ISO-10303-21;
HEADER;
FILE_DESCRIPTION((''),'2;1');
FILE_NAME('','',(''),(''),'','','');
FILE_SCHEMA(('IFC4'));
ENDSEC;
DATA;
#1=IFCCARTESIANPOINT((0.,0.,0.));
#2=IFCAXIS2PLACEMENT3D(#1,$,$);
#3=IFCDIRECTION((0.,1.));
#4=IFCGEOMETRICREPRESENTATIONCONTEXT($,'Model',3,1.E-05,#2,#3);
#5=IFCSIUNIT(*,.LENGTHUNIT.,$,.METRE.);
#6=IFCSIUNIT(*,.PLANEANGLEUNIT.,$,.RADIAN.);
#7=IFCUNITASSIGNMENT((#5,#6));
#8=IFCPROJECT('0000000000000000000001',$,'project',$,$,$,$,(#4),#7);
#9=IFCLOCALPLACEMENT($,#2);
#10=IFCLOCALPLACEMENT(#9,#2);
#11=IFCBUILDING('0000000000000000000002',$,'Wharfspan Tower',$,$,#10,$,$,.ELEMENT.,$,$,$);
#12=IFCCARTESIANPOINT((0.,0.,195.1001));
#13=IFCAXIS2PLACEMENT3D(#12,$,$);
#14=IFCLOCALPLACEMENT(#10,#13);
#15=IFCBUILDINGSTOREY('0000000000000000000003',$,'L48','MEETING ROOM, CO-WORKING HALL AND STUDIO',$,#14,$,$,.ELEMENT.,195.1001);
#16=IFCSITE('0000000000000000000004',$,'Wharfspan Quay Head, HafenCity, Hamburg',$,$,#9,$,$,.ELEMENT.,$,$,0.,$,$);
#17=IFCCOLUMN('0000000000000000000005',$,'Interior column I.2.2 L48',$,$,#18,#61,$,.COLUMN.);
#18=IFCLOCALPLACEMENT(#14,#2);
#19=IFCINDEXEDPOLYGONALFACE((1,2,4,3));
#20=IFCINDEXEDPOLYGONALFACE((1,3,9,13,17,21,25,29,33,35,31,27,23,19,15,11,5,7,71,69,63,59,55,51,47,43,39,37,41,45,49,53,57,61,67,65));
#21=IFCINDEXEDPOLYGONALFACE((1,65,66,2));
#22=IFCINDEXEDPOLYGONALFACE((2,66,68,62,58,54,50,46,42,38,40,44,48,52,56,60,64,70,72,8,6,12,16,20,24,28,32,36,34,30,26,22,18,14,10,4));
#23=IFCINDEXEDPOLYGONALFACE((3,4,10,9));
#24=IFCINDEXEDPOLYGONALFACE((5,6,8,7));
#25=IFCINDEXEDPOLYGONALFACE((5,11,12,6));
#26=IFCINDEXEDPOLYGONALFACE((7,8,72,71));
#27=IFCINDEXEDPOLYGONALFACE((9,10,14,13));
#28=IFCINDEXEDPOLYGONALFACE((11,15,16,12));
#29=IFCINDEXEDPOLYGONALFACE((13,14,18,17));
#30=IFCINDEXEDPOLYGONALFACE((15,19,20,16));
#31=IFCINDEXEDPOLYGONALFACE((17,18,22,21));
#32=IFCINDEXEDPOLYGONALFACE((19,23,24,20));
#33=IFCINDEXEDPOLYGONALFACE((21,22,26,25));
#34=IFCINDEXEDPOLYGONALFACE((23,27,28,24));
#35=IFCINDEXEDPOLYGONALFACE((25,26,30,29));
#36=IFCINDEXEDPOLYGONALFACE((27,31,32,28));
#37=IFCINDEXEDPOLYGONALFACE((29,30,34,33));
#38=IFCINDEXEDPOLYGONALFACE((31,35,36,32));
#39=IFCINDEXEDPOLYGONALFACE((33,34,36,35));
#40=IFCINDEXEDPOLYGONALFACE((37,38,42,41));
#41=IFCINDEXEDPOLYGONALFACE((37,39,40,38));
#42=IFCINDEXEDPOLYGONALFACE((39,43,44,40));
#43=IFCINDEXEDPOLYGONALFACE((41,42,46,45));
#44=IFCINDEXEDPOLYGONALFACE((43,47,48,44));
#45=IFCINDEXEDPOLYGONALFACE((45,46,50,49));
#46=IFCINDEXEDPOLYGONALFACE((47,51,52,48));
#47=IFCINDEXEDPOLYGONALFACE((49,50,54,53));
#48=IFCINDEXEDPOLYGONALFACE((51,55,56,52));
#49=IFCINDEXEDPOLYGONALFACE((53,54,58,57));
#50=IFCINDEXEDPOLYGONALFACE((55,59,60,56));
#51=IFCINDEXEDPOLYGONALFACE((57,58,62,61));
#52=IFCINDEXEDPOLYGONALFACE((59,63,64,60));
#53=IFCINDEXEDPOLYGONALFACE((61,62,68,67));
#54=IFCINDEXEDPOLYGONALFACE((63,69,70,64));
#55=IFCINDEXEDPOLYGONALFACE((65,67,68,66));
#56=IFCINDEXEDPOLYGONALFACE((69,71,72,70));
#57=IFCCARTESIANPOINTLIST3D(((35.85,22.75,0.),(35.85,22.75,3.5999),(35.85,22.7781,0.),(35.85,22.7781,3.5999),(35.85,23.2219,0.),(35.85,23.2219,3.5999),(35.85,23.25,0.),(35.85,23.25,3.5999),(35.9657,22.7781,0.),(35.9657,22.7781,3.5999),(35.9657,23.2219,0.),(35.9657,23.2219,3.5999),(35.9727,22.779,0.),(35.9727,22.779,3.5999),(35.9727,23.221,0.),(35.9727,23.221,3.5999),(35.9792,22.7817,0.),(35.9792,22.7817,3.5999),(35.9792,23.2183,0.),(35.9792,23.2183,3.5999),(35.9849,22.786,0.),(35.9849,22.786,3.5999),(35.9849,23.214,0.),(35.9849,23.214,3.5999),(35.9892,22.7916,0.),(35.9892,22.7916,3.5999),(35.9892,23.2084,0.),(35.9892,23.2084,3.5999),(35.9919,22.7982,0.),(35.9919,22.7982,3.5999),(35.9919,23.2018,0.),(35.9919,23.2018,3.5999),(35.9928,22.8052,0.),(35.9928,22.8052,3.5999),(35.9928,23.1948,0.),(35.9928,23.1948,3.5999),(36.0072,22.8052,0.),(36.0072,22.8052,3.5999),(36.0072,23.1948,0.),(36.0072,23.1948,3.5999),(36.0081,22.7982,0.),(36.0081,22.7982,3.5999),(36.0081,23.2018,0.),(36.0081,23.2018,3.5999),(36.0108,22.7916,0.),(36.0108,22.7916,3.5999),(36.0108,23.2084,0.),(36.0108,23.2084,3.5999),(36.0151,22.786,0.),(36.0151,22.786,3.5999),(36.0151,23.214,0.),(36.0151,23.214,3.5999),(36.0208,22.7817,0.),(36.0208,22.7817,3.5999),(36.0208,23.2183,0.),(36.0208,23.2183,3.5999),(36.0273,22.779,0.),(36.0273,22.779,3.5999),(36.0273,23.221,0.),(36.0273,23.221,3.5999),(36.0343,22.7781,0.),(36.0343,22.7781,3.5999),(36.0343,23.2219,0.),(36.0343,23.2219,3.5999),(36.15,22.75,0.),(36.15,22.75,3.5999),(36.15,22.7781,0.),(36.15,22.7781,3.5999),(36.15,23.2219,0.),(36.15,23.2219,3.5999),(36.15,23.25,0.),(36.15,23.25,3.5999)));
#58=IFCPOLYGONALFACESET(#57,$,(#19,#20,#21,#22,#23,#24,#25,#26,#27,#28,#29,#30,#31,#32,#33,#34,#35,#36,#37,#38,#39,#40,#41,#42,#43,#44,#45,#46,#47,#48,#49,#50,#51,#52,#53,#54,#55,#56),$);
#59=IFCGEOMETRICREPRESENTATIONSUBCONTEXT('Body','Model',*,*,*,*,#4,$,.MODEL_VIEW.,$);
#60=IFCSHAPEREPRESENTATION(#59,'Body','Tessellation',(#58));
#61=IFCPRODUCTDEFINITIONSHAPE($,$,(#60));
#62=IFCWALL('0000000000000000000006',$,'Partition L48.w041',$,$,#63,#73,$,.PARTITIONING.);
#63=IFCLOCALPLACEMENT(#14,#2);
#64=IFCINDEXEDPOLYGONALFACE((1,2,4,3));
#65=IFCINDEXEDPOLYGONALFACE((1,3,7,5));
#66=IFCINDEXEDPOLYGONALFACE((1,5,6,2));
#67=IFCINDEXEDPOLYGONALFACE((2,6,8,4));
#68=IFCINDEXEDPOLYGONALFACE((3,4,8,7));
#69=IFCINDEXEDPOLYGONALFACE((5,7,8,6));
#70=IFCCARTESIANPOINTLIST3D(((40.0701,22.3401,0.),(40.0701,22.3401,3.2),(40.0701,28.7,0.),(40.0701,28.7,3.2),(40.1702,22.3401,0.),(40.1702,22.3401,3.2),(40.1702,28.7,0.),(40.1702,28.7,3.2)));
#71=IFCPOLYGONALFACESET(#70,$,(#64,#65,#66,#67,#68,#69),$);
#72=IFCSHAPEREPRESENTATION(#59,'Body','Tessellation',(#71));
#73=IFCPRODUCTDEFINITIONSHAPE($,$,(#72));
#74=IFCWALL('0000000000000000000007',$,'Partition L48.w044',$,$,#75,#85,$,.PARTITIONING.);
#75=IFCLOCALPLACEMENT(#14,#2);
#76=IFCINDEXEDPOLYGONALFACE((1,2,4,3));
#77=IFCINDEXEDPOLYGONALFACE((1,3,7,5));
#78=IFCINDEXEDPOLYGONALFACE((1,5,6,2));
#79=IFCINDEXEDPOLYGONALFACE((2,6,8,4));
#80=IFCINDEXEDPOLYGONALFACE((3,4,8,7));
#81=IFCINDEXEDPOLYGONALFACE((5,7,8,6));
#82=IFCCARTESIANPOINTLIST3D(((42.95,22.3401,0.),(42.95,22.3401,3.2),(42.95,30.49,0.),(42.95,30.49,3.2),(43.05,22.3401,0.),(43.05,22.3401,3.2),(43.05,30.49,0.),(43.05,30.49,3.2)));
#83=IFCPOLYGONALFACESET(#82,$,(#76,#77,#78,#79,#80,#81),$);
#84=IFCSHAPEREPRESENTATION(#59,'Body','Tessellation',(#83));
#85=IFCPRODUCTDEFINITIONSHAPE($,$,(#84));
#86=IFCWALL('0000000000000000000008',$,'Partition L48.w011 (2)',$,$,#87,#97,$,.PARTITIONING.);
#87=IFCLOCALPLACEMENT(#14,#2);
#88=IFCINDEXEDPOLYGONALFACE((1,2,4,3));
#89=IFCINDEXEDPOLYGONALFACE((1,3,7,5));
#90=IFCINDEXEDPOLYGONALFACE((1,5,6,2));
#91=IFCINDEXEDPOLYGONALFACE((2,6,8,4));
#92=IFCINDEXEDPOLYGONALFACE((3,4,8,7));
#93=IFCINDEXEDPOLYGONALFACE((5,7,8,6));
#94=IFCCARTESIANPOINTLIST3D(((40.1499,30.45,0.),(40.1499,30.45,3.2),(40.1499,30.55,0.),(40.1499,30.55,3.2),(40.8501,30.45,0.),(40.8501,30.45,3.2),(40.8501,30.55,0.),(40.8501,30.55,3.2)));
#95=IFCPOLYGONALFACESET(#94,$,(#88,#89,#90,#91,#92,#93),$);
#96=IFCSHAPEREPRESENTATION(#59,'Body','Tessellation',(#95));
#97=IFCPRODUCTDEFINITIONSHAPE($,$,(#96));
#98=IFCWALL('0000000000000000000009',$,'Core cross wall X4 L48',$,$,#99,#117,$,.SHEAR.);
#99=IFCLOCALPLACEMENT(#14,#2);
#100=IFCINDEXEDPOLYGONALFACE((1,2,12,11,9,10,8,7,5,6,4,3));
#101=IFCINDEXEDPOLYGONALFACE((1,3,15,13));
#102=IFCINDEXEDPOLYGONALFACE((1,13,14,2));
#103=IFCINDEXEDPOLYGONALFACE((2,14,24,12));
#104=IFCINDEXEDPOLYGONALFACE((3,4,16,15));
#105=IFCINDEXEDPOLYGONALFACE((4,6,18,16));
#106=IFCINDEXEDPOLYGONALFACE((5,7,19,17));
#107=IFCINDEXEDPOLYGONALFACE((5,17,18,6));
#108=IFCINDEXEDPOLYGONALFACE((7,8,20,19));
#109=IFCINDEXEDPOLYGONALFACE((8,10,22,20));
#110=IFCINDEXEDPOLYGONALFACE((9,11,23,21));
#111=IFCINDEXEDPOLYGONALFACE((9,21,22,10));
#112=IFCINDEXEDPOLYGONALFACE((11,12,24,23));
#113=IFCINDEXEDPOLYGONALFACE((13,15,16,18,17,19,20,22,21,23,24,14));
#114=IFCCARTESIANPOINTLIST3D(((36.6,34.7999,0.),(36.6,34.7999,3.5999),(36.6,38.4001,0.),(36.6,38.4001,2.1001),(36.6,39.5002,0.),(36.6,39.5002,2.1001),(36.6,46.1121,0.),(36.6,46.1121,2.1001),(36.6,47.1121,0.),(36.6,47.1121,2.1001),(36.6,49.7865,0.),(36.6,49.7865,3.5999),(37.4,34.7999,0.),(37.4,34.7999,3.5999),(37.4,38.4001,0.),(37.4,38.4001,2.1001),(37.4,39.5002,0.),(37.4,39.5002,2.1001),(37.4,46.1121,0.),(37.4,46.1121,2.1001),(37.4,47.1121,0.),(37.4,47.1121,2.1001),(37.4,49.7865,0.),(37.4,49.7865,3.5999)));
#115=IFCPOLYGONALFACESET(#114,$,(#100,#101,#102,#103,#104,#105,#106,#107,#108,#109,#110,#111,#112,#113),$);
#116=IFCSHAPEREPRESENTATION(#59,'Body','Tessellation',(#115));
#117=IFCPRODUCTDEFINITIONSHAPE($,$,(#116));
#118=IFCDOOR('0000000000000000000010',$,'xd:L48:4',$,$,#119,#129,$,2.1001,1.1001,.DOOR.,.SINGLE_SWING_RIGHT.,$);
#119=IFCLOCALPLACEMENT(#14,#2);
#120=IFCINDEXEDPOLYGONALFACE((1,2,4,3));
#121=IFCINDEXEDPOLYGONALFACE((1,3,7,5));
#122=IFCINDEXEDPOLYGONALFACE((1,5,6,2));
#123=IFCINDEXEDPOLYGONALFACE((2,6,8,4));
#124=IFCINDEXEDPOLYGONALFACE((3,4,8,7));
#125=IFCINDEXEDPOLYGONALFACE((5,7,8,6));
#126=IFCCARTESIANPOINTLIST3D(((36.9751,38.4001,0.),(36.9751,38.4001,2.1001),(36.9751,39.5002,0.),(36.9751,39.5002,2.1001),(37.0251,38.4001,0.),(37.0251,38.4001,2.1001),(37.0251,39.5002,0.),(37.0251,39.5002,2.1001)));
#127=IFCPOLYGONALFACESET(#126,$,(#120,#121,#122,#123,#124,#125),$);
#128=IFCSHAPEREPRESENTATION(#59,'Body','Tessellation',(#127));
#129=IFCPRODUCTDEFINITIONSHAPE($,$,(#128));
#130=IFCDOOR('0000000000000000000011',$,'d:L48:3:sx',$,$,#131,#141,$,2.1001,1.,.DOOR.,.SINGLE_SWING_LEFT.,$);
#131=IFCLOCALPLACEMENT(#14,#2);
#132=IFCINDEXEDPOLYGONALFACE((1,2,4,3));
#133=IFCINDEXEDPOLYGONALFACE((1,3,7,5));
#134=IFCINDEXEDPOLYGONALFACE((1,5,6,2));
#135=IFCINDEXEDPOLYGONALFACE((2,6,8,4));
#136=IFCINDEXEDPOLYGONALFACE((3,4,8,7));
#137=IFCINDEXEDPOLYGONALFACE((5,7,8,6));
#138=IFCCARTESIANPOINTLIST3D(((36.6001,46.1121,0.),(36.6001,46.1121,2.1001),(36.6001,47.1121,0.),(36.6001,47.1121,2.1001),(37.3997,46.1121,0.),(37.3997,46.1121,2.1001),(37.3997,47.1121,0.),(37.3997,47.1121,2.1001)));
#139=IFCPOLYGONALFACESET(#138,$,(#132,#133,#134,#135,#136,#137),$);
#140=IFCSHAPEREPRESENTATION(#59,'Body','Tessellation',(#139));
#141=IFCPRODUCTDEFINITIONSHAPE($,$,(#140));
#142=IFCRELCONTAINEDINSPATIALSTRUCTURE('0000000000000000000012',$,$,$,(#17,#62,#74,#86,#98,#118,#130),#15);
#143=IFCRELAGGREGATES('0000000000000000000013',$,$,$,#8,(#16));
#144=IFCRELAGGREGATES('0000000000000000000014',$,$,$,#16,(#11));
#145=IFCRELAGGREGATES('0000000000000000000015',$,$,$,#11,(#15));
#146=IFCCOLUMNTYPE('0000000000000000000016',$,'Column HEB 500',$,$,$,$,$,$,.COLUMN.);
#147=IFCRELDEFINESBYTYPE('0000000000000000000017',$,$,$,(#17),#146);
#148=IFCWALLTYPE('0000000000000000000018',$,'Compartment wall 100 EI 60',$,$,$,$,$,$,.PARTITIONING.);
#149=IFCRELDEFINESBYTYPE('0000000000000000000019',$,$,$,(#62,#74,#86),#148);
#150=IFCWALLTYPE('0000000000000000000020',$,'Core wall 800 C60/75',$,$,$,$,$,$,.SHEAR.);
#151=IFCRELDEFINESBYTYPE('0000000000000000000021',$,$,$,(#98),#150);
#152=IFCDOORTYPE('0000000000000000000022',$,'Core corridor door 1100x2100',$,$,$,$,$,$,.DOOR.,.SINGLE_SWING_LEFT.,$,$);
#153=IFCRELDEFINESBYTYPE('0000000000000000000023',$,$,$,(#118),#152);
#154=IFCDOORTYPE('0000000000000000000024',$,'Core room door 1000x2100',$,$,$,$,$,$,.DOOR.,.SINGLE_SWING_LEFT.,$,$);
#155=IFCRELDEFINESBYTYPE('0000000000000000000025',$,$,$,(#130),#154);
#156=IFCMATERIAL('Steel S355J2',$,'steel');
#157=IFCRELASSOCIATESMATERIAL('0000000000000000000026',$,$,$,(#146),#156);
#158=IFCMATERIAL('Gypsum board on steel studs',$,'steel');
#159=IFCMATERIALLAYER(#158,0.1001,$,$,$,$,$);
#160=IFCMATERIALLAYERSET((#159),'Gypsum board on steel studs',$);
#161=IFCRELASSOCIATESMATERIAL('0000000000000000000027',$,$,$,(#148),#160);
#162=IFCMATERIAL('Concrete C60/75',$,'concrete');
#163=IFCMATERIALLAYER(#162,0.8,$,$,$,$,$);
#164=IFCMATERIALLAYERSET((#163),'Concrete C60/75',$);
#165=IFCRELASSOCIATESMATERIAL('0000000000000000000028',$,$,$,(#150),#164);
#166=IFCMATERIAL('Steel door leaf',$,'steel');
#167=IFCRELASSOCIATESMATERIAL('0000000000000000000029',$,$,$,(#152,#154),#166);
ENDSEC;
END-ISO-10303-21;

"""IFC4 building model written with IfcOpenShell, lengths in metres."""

from ifc_helpers import new_model, si_unit, direction, frame, frame_2d, origin, origin_2d, place, context, subcontext, project, spatial, rectangle, i_section, extrude, material, layer, layer_set, material_profile, profile_set, type_object, element, fill, save


model = new_model("IFC4")

# Units and contexts
model_context = context("Model", 3, precision=1e-05, world=origin(), true_north=direction((0.0, 1.0)))
body_context = subcontext(model_context, "Body", "Model", "MODEL_VIEW")
ifc_project = project(units=[si_unit("LENGTHUNIT", "METRE"), si_unit("PLANEANGLEUNIT", "RADIAN")], contexts=[model_context])

# Site, building, storey
site_placement = place(None, origin())
site = spatial("IfcSite", under=ifc_project, at=site_placement, Name="Wharfspan Quay Head, HafenCity, Hamburg", CompositionType="ELEMENT", RefElevation=0.0)
building_placement = place(site_placement, origin())
building = spatial("IfcBuilding", under=site, at=building_placement, Name="Wharfspan Tower", CompositionType="ELEMENT")
storey_placement = place(building_placement, frame((0.0, 0.0, 195.1001)))
storey = spatial("IfcBuildingStorey", under=building, at=storey_placement, Name="L48", Description="MEETING ROOM, CO-WORKING HALL AND STUDIO", CompositionType="ELEMENT", Elevation=195.1001)

# Column
ifc_material_1 = material(Name="Steel S355J2", Category="steel")
ifc_material_profile = material_profile(ifc_material_1, i_section(OverallWidth=0.3, OverallDepth=0.5, WebThickness=0.0144, FlangeThickness=0.0281, FilletRadius=0.0271, at=origin_2d()))
ifc_profile_set = profile_set([ifc_material_profile], Name="Steel S355J2")
column_type = type_object("IfcColumnType", Name="Column HEB 500", PredefinedType="COLUMN", material=ifc_profile_set)
column_placement = place(storey_placement, frame((36.0, 23.0, 0.0), z_axis=(0.0, 0.0, 1.0), x_axis=(1.0, 0.0, 0.0)))
element("IfcColumn", 1, at=column_placement, inside=storey, type_object=column_type, Name="Interior column I.2.2 L48", PredefinedType="COLUMN", context=body_context, shape_type="SweptSolid", body=[
    extrude(i_section(OverallWidth=0.3, OverallDepth=0.5, WebThickness=0.0144, FlangeThickness=0.0281, FilletRadius=0.0271, at=origin_2d()), origin(), (0.0, 0.0, 1.0), 3.5999),
])

# Walls
ifc_material_2 = material(Name="Gypsum board on steel studs", Category="steel")
ifc_layer_1 = layer(ifc_material_2, 0.1001)
ifc_layer_set_1 = layer_set([ifc_layer_1], Name="Gypsum board on steel studs")
wall_type_1 = type_object("IfcWallType", Name="Compartment wall 100 EI 60", PredefinedType="PARTITIONING", material=ifc_layer_set_1)
wall_1_placement = place(storey_placement, frame((40.1201, 22.3401, 0.0), z_axis=(0.0, 0.0, 1.0), x_axis=(0.0, 1.0, 0.0)))
element("IfcWall", 2, at=wall_1_placement, inside=storey, type_object=wall_type_1, Name="Partition L48.w041", PredefinedType="PARTITIONING", context=body_context, shape_type="SweptSolid", body=[
    extrude(rectangle(XDim=6.3599, YDim=0.1001, at=frame_2d((3.1799, 0.0))), origin(), (0.0, 0.0, 1.0), 3.2),
])
wall_2_placement = place(storey_placement, frame((43.0, 22.3401, 0.0), z_axis=(0.0, 0.0, 1.0), x_axis=(0.0, 1.0, 0.0)))
element("IfcWall", 3, at=wall_2_placement, inside=storey, type_object=wall_type_1, Name="Partition L48.w044", PredefinedType="PARTITIONING", context=body_context, shape_type="SweptSolid", body=[
    extrude(rectangle(XDim=8.1499, YDim=0.1001, at=frame_2d((4.075, 0.0))), origin(), (0.0, 0.0, 1.0), 3.2),
])
wall_3_placement = place(storey_placement, frame((40.1499, 30.5, 0.0), z_axis=(0.0, 0.0, 1.0), x_axis=(1.0, 0.0, 0.0)))
element("IfcWall", 4, at=wall_3_placement, inside=storey, type_object=wall_type_1, Name="Partition L48.w011 (2)", PredefinedType="PARTITIONING", context=body_context, shape_type="SweptSolid", body=[
    extrude(rectangle(XDim=0.7002, YDim=0.1001, at=frame_2d((0.3501, 0.0))), origin(), (0.0, 0.0, 1.0), 3.2),
])

# Wall, openings, doors
ifc_material_3 = material(Name="Concrete C60/75", Category="concrete")
ifc_layer_2 = layer(ifc_material_3, 0.8)
ifc_layer_set_2 = layer_set([ifc_layer_2], Name="Concrete C60/75")
wall_type_2 = type_object("IfcWallType", Name="Core wall 800 C60/75", PredefinedType="SHEAR", material=ifc_layer_set_2)
wall_4_placement = place(storey_placement, frame((37.0, 34.8, 0.0), z_axis=(0.0, 0.0, 1.0), x_axis=(0.0, 1.0, 0.0)))
wall_4 = element("IfcWall", 5, at=wall_4_placement, inside=storey, type_object=wall_type_2, Name="Core cross wall X4 L48", PredefinedType="SHEAR", context=body_context, shape_type="SweptSolid", body=[
    extrude(rectangle(XDim=14.9866, YDim=0.8, at=frame_2d((7.4932, 0.0))), origin(), (0.0, 0.0, 1.0), 3.5999),
])
opening_1_placement = place(wall_4_placement, frame((11.312, 0.0, 0.0)))
opening_1 = element("IfcOpeningElement", 6, at=opening_1_placement, cuts=wall_4, PredefinedType="OPENING", context=body_context, shape_type="SweptSolid", body=[
    extrude(rectangle(XDim=1.0, YDim=2.1001, at=frame_2d((0.5, 1.05))), frame((0.0, 0.4099, 0.0), z_axis=(0.0, -1.0, 0.0), x_axis=(1.0, 0.0, 0.0)), (0.0, 0.0, 1.0), 0.8201),
])
opening_2_placement = place(wall_4_placement, frame((3.6001, 0.0, 0.0)))
opening_2 = element("IfcOpeningElement", 7, at=opening_2_placement, cuts=wall_4, PredefinedType="OPENING", context=body_context, shape_type="SweptSolid", body=[
    extrude(rectangle(XDim=1.1001, YDim=2.1001, at=frame_2d((0.55, 1.05))), frame((0.0, 0.4099, 0.0), z_axis=(0.0, -1.0, 0.0), x_axis=(1.0, 0.0, 0.0)), (0.0, 0.0, 1.0), 0.8201),
])
ifc_material_4 = material(Name="Steel door leaf", Category="steel")
door_type_1 = type_object("IfcDoorType", Name="Core corridor door 1100x2100", OperationType="SINGLE_SWING_LEFT", PredefinedType="DOOR", material=ifc_material_4)
door_1_placement = place(opening_2_placement, origin())
door_1 = element("IfcDoor", 8, at=door_1_placement, inside=storey, type_object=door_type_1, Name="xd:L48:4", OperationType="SINGLE_SWING_RIGHT", OverallHeight=2.1001, OverallWidth=1.1001, PredefinedType="DOOR", context=body_context, shape_type="SweptSolid", body=[
    extrude(rectangle(XDim=1.1001, YDim=2.1001, at=frame_2d((0.55, 1.05))), frame((0.0, 0.0249, 0.0), z_axis=(0.0, -1.0, 0.0), x_axis=(1.0, 0.0, 0.0)), (0.0, 0.0, 1.0), 0.05),
])
fill(opening_2, door_1)
door_type_2 = type_object("IfcDoorType", Name="Core room door 1000x2100", OperationType="SINGLE_SWING_LEFT", PredefinedType="DOOR", material=ifc_material_4)
door_2_placement = place(opening_1_placement, origin())
door_2 = element("IfcDoor", 9, at=door_2_placement, inside=storey, type_object=door_type_2, Name="d:L48:3:sx", OperationType="SINGLE_SWING_LEFT", OverallHeight=2.1001, OverallWidth=1.0, PredefinedType="DOOR", context=body_context, shape_type="SweptSolid", body=[
    extrude(rectangle(XDim=1.0, YDim=2.1001, at=frame_2d((0.5, 1.05))), frame((0.0, 0.3999, 0.0), z_axis=(0.0, -1.0, 0.0), x_axis=(1.0, 0.0, 0.0)), (0.0, 0.0, 1.0), 0.7996),
])
fill(opening_1, door_2)

save(model, "model.ifc")
